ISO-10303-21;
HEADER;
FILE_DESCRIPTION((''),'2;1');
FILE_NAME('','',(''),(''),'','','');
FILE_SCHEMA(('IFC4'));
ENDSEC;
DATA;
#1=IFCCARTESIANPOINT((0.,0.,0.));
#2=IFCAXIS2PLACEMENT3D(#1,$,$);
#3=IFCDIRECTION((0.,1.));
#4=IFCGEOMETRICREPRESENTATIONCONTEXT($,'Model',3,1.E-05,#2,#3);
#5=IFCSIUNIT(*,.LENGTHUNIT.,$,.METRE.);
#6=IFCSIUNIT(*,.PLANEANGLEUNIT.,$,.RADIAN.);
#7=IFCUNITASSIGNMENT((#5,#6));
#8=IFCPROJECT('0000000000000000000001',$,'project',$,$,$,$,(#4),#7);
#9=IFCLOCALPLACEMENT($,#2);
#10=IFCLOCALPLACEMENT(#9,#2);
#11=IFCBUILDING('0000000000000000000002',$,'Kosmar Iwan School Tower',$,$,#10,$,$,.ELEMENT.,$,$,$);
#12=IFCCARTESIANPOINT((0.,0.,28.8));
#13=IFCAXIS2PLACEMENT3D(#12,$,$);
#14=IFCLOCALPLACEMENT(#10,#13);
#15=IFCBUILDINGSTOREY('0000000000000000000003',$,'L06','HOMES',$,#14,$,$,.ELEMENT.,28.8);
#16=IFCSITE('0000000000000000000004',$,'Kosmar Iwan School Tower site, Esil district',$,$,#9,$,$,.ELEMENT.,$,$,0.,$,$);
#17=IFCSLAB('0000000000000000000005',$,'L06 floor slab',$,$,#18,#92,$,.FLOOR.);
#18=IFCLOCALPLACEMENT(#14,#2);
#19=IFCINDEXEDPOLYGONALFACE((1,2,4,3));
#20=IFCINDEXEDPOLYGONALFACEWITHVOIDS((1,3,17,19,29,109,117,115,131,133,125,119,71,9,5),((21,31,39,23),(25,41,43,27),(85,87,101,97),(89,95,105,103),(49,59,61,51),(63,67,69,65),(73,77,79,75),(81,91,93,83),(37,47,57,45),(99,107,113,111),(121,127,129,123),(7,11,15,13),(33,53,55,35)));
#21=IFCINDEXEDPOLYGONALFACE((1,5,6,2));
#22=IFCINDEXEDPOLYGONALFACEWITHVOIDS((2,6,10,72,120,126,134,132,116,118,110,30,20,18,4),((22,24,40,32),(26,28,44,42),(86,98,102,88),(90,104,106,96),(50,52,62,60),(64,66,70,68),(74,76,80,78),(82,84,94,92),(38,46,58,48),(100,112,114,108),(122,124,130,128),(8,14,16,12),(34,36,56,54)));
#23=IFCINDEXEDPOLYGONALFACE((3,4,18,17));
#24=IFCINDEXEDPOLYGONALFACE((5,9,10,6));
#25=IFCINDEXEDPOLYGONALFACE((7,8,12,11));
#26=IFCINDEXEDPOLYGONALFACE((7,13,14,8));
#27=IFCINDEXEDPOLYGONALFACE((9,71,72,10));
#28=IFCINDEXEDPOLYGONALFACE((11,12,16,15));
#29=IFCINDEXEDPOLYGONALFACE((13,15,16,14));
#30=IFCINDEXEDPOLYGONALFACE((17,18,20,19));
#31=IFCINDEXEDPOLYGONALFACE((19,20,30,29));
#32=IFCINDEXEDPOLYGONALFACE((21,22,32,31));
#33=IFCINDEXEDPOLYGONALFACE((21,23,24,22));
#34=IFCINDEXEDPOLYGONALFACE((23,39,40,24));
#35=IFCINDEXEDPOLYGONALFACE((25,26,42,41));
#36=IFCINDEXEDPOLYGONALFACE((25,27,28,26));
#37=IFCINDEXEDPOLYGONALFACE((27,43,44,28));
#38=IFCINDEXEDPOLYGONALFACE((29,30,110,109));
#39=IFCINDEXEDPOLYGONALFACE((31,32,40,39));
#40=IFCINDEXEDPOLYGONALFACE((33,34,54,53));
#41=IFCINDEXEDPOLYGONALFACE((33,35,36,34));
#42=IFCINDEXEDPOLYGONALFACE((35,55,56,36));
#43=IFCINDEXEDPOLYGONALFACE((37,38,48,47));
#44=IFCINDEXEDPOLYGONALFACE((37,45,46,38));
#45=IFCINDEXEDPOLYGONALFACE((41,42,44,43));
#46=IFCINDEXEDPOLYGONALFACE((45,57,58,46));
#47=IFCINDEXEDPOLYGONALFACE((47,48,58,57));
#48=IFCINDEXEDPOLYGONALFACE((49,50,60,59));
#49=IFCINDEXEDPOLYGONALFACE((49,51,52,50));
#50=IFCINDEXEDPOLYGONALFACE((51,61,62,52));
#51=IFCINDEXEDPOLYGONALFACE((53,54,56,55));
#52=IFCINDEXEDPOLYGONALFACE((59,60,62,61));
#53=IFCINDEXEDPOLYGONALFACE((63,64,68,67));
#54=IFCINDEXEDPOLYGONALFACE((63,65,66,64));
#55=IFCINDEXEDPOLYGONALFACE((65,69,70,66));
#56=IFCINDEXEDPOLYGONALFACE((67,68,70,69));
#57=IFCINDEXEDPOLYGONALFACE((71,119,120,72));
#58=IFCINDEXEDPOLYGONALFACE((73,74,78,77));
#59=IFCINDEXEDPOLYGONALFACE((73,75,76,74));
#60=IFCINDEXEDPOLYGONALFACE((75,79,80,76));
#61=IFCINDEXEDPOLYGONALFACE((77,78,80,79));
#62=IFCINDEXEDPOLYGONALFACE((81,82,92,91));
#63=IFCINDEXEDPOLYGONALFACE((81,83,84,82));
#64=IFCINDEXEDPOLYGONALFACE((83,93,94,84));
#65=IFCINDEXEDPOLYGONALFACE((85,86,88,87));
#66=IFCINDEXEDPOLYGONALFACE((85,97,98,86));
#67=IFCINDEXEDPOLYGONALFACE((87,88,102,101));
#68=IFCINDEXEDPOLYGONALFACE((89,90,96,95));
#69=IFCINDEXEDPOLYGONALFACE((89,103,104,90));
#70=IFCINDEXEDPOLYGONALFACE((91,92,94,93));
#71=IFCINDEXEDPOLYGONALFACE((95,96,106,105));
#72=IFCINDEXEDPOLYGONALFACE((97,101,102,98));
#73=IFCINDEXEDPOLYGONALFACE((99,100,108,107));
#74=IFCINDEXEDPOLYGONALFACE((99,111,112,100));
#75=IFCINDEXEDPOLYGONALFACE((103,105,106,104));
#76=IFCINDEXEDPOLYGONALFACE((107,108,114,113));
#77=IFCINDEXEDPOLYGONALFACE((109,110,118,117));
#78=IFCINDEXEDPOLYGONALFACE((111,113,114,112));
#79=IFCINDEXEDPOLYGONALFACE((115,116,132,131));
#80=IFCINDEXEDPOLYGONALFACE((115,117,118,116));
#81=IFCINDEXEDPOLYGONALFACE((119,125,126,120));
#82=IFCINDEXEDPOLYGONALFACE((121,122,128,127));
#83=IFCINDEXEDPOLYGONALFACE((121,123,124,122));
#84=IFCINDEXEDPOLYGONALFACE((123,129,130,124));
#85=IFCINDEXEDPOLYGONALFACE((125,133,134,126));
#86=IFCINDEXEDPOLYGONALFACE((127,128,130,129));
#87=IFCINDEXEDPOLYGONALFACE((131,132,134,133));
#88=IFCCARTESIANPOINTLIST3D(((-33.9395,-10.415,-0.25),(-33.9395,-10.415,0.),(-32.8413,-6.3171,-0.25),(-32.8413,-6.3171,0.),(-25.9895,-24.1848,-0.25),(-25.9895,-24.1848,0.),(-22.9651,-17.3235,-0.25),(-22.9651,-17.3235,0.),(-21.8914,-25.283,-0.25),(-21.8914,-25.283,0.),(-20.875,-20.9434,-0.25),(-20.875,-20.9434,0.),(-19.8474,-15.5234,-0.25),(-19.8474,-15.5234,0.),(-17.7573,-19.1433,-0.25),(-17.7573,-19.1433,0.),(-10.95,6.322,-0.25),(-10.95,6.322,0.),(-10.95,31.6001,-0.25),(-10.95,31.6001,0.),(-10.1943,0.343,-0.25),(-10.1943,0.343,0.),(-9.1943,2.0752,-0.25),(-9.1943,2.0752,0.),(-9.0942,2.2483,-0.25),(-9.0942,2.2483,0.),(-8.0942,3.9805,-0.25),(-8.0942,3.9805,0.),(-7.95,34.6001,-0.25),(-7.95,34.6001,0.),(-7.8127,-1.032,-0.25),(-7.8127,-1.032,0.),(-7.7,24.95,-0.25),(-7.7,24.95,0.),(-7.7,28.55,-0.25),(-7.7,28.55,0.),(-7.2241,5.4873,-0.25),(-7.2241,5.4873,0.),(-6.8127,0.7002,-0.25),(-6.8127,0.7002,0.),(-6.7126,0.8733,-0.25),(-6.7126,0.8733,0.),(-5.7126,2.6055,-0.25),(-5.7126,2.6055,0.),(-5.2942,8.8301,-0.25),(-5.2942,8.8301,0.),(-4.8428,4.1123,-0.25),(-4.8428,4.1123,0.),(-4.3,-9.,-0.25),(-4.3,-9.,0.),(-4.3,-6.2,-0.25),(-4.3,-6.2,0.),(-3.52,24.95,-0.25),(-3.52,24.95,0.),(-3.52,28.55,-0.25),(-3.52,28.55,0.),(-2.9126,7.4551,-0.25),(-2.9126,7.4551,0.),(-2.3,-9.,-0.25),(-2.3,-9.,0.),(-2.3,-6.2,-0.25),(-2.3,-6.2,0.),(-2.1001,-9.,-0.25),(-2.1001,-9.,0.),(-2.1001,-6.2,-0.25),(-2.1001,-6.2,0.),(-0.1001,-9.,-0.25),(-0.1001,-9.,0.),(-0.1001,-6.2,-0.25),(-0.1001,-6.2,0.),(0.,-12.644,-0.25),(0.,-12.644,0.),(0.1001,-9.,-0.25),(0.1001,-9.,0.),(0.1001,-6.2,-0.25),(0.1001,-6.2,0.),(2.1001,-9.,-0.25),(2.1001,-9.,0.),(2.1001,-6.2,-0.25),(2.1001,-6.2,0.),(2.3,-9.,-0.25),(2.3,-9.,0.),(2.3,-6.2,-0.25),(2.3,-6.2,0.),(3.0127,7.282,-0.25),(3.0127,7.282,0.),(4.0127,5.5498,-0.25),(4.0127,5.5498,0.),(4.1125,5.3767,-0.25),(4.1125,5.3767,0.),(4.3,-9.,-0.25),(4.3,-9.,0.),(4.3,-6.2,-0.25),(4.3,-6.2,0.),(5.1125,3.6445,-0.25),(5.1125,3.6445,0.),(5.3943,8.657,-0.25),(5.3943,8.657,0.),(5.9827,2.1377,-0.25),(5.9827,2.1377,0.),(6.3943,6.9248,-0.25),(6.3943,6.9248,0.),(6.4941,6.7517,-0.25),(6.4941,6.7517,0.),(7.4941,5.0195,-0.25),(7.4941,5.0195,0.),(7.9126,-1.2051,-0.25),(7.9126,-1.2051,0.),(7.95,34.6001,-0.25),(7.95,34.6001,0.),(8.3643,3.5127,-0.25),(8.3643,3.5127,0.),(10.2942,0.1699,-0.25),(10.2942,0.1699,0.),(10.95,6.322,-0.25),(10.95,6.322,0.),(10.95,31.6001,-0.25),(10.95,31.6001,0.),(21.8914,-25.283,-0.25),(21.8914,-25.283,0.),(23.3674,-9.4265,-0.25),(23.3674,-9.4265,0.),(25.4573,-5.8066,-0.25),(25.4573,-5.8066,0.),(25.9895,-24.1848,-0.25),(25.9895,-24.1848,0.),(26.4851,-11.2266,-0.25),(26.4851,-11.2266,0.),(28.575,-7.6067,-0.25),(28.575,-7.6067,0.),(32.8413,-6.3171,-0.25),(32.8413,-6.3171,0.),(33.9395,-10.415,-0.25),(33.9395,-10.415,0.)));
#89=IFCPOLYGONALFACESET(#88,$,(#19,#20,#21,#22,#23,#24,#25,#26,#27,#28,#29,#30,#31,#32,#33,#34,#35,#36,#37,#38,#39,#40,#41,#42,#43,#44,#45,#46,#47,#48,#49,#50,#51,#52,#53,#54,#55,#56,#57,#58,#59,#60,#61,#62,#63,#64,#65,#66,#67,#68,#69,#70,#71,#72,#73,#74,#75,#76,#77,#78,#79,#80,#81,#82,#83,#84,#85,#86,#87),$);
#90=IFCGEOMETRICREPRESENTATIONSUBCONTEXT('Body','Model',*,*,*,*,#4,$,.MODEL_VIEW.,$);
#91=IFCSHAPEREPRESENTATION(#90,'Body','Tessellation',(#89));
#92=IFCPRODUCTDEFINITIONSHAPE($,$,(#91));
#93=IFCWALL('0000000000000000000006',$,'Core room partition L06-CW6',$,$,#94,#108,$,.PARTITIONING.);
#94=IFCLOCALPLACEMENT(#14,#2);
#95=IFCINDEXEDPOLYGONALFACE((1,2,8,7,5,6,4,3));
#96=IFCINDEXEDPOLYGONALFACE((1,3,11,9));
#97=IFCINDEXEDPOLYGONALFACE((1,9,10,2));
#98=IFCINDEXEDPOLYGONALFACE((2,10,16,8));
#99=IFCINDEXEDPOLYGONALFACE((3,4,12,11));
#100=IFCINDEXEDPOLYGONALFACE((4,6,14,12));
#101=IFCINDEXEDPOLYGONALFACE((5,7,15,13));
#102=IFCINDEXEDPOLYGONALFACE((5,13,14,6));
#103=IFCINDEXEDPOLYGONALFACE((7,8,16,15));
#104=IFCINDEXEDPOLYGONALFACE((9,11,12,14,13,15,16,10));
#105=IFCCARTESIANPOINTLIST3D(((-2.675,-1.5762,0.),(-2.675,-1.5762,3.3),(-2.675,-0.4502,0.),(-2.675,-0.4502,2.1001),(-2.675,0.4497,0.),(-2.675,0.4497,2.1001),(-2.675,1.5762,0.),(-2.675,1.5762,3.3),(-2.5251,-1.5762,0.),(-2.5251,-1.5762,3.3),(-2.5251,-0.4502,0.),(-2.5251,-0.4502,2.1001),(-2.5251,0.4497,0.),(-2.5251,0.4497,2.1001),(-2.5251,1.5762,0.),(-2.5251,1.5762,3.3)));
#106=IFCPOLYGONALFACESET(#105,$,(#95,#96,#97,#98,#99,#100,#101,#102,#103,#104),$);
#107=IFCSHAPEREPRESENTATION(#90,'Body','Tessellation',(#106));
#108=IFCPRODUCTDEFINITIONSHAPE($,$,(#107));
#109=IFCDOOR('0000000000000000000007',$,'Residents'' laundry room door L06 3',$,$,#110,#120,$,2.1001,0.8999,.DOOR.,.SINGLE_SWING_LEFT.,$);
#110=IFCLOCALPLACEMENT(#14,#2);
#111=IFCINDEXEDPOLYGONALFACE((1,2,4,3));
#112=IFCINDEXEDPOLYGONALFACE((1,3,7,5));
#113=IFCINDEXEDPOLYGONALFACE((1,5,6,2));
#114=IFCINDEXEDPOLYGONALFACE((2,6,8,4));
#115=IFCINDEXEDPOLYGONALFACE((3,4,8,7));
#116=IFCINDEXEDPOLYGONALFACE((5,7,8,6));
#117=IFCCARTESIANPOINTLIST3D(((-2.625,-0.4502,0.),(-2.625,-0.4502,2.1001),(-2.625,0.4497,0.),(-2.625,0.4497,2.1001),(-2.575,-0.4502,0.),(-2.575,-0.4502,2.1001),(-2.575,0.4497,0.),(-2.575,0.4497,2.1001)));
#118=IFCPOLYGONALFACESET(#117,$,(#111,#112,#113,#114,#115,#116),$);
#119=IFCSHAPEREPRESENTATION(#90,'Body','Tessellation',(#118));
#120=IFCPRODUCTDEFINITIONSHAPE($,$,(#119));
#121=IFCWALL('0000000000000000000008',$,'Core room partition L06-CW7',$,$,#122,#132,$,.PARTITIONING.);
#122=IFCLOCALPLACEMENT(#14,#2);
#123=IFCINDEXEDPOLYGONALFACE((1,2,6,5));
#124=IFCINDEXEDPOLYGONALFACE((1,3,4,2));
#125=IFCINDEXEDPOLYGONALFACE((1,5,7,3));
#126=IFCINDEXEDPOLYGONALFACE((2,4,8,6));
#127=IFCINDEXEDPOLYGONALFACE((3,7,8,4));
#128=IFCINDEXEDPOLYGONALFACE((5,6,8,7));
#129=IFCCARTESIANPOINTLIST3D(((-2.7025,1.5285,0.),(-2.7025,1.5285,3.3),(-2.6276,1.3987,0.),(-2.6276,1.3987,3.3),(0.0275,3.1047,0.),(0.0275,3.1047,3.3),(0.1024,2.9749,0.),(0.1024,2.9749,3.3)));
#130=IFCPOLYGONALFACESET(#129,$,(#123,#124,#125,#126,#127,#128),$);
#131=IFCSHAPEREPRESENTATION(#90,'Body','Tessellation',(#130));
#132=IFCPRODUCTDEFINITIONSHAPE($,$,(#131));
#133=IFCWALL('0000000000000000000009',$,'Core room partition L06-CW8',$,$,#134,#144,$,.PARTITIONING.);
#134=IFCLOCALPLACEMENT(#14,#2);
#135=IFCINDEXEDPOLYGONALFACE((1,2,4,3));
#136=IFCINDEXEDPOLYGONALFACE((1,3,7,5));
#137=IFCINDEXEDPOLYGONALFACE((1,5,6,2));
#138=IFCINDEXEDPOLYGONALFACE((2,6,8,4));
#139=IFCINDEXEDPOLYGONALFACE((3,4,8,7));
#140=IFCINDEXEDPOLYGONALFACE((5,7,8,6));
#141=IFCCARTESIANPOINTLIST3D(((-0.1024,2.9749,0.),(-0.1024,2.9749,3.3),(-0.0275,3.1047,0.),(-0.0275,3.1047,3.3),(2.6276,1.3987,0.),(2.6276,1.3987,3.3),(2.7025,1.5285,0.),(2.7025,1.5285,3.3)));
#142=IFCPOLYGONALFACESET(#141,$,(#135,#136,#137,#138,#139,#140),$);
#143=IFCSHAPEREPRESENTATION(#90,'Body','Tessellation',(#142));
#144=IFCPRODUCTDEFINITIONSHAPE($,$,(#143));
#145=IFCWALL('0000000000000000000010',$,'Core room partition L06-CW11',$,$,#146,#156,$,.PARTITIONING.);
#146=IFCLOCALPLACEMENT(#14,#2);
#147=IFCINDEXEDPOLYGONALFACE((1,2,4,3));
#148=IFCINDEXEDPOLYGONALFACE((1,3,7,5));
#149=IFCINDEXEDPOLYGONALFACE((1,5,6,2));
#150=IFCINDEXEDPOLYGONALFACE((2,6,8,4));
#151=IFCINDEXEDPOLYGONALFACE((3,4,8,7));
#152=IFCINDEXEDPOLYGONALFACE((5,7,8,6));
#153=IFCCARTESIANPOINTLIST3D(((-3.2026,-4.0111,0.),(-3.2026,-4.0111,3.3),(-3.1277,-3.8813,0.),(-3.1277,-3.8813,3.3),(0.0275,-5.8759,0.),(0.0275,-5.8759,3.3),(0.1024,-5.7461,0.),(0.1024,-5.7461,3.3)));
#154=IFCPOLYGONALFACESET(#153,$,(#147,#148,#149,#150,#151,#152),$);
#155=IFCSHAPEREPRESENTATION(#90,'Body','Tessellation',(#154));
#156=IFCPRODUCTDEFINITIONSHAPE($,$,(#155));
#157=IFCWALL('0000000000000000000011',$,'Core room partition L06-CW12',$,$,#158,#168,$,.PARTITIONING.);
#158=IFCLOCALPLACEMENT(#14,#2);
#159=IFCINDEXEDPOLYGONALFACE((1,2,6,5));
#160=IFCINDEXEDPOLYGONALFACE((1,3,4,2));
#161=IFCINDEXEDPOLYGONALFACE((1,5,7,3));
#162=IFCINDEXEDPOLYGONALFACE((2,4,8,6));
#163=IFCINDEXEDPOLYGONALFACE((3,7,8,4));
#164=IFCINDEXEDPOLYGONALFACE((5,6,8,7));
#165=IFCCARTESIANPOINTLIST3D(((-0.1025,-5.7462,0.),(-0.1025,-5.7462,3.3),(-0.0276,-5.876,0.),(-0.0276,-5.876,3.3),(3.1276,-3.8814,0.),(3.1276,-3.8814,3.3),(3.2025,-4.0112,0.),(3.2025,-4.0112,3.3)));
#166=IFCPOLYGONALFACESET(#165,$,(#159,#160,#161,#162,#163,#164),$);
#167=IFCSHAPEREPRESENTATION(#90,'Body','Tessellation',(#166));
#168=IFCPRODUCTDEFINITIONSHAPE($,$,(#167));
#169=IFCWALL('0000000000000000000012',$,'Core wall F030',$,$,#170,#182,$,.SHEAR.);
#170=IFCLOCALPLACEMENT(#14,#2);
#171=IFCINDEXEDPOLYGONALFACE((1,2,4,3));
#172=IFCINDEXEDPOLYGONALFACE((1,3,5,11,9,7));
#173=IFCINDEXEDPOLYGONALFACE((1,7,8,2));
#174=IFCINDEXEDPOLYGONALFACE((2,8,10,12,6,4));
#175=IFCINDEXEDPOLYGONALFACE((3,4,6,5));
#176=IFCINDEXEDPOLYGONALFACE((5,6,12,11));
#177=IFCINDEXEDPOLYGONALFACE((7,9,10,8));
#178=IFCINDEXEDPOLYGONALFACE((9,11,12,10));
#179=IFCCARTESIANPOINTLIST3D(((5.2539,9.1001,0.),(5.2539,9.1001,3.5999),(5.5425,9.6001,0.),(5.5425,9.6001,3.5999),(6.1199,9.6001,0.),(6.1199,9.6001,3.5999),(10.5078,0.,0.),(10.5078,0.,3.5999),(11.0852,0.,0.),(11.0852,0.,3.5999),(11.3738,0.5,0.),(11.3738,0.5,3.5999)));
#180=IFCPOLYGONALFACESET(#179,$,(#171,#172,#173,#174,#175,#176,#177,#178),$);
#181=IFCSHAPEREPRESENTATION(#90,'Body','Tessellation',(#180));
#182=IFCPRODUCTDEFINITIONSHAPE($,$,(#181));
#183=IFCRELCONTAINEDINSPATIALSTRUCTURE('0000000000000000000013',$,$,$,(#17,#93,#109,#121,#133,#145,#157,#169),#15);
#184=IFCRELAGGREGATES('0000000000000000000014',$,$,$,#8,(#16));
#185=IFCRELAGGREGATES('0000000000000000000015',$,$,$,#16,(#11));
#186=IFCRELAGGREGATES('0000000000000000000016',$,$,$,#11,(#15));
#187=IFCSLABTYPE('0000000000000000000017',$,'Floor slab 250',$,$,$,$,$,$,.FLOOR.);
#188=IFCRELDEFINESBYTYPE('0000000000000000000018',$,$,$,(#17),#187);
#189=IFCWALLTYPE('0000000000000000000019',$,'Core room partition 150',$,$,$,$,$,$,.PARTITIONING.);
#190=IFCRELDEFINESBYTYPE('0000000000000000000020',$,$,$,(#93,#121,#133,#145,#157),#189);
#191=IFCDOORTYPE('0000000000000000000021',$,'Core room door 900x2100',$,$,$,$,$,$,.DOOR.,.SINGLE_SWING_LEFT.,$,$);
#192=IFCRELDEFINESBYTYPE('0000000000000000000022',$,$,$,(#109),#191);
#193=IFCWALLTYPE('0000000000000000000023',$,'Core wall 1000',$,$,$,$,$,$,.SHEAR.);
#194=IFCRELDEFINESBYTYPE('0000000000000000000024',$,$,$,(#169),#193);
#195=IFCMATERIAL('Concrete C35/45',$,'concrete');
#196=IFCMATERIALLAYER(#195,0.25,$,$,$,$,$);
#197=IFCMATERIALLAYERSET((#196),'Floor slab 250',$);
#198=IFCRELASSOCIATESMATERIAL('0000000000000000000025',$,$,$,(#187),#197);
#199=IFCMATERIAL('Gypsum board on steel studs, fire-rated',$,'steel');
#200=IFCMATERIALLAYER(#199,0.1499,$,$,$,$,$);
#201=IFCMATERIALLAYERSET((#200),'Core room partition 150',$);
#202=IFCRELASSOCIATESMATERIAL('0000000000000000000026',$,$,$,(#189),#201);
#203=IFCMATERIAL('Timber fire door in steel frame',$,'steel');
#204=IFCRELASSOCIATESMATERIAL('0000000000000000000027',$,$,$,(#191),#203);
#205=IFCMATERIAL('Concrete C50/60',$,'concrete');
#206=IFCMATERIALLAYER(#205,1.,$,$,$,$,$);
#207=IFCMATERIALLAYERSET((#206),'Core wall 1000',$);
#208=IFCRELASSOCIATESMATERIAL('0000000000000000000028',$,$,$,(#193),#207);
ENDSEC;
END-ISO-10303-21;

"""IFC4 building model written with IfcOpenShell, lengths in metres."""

from ifc_helpers import new_model, si_unit, direction, frame, frame_2d, origin, place, context, subcontext, project, spatial, polyline, rectangle, outline, extrude, material, layer, layer_set, type_object, element, fill, save


model = new_model("IFC4")

# Units and contexts
model_context = context("Model", 3, precision=1e-05, world=origin(), true_north=direction((0.0, 1.0)))
body_context = subcontext(model_context, "Body", "Model", "MODEL_VIEW")
ifc_project = project(units=[si_unit("LENGTHUNIT", "METRE"), si_unit("PLANEANGLEUNIT", "RADIAN")], contexts=[model_context])

# Site, building, storey
site_placement = place(None, origin())
site = spatial("IfcSite", under=ifc_project, at=site_placement, Name="Kosmar Iwan School Tower site, Esil district", CompositionType="ELEMENT", RefElevation=0.0)
building_placement = place(site_placement, origin())
building = spatial("IfcBuilding", under=site, at=building_placement, Name="Kosmar Iwan School Tower", CompositionType="ELEMENT")
storey_placement = place(building_placement, frame((0.0, 0.0, 28.8)))
storey = spatial("IfcBuildingStorey", under=building, at=storey_placement, Name="L06", Description="HOMES", CompositionType="ELEMENT", Elevation=28.8)

# Slab
ifc_material_1 = material(Name="Concrete C35/45", Category="concrete")
ifc_layer_1 = layer(ifc_material_1, 0.25)
ifc_layer_set_1 = layer_set([ifc_layer_1], Name="Floor slab 250")
slab_type = type_object("IfcSlabType", Name="Floor slab 250", PredefinedType="FLOOR", material=ifc_layer_set_1)
slab_placement = place(storey_placement, frame((0.0, 0.0, -0.25)))
element("IfcSlab", 1, at=slab_placement, inside=storey, type_object=slab_type, Name="L06 floor slab", PredefinedType="FLOOR", context=body_context, shape_type="SweptSolid", body=[
    extrude(outline(polyline([(-21.8914, -25.283), (0.0, -12.644), (21.8914, -25.283), (25.9895, -24.1848), (33.9395, -10.415), (32.8413, -6.3171), (10.95, 6.322), (10.95, 31.6001), (7.95, 34.6001), (-7.95, 34.6001), (-10.95, 31.6001), (-10.95, 6.322), (-32.8413, -6.3171), (-33.9395, -10.415), (-25.9895, -24.1848), (-21.8914, -25.283)]), holes=[polyline([(7.9126, -1.2051), (10.2942, 0.1699), (8.3643, 3.5127), (5.9827, 2.1377), (7.9126, -1.2051)]), polyline([(-2.9126, 7.4551), (-5.2942, 8.8301), (-7.2241, 5.4873), (-4.8428, 4.1123), (-2.9126, 7.4551)]), polyline([(-5.7126, 2.6055), (-8.0942, 3.9805), (-9.0942, 2.2483), (-6.7126, 0.8733), (-5.7126, 2.6055)]), polyline([(-6.8127, 0.7002), (-9.1943, 2.0752), (-10.1943, 0.343), (-7.8127, -1.032), (-6.8127, 0.7002)]), polyline([(5.1125, 3.6445), (7.4941, 5.0195), (6.4941, 6.7517), (4.1125, 5.3767), (5.1125, 3.6445)]), polyline([(4.0127, 5.5498), (6.3943, 6.9248), (5.3943, 8.657), (3.0127, 7.282), (4.0127, 5.5498)]), polyline([(-4.3, -6.2), (-4.3, -9.0), (-2.3, -9.0), (-2.3, -6.2), (-4.3, -6.2)]), polyline([(-2.1001, -6.2), (-2.1001, -9.0), (-0.1001, -9.0), (-0.1001, -6.2), (-2.1001, -6.2)]), polyline([(0.1001, -6.2), (0.1001, -9.0), (2.1001, -9.0), (2.1001, -6.2), (0.1001, -6.2)]), polyline([(2.3, -6.2), (2.3, -9.0), (4.3, -9.0), (4.3, -6.2), (2.3, -6.2)]), polyline([(-3.52, 24.95), (-3.52, 28.55), (-7.7, 28.55), (-7.7, 24.95), (-3.52, 24.95)]), polyline([(-19.8474, -15.5234), (-22.9651, -17.3235), (-20.875, -20.9434), (-17.7573, -19.1433), (-19.8474, -15.5234)]), polyline([(23.3674, -9.4265), (26.4851, -11.2266), (28.575, -7.6067), (25.4573, -5.8066), (23.3674, -9.4265)])]), origin(), (0.0, 0.0, 1.0), 0.25),
])

# Wall, opening, door
ifc_material_2 = material(Name="Gypsum board on steel studs, fire-rated", Category="steel")
ifc_layer_2 = layer(ifc_material_2, 0.1499)
ifc_layer_set_2 = layer_set([ifc_layer_2], Name="Core room partition 150")
wall_type_1 = type_object("IfcWallType", Name="Core room partition 150", PredefinedType="PARTITIONING", material=ifc_layer_set_2)
wall_1_placement = place(storey_placement, frame((-2.6001, -1.5762, 0.0), z_axis=(0.0, 0.0, 1.0), x_axis=(0.0, 1.0, 0.0)))
wall_1 = element("IfcWall", 2, at=wall_1_placement, inside=storey, type_object=wall_type_1, Name="Core room partition L06-CW6", PredefinedType="PARTITIONING", context=body_context, shape_type="SweptSolid", body=[
    extrude(rectangle(XDim=3.1523, YDim=0.1499, at=frame_2d((1.5762, 0.0))), origin(), (0.0, 0.0, 1.0), 3.3),
])
opening_placement = place(wall_1_placement, frame((1.126, 0.0, 0.0)))
opening = element("IfcOpeningElement", 3, at=opening_placement, cuts=wall_1, PredefinedType="OPENING", context=body_context, shape_type="SweptSolid", body=[
    extrude(rectangle(XDim=0.8999, YDim=2.1001, at=frame_2d((0.45, 1.05))), frame((0.0, 0.0869, 0.0), z_axis=(0.0, -1.0, 0.0), x_axis=(1.0, 0.0, 0.0)), (0.0, 0.0, 1.0), 0.1738),
])
ifc_material_3 = material(Name="Timber fire door in steel frame", Category="steel")
door_type = type_object("IfcDoorType", Name="Core room door 900x2100", OperationType="SINGLE_SWING_LEFT", PredefinedType="DOOR", material=ifc_material_3)
door_placement = place(opening_placement, origin())
door = element("IfcDoor", 4, at=door_placement, inside=storey, type_object=door_type, Name="Residents' laundry room door L06 3", OperationType="SINGLE_SWING_LEFT", OverallHeight=2.1001, OverallWidth=0.8999, PredefinedType="DOOR", context=body_context, shape_type="SweptSolid", body=[
    extrude(rectangle(XDim=0.8999, YDim=2.1001, at=frame_2d((0.45, 1.05))), frame((0.0, 0.0249, 0.0), z_axis=(0.0, -1.0, 0.0), x_axis=(1.0, 0.0, 0.0)), (0.0, 0.0, 1.0), 0.05),
])
fill(opening, door)

# Walls
for number, where, z_axis, x_axis, name in (
    (5, (-2.665, 1.4636, 0.0), (0.0, 0.0, 1.0), (0.866023, 0.500004, 0.0), "Core room partition L06-CW7"),
    (6, (-0.0649, 3.0398, 0.0), (0.0, 0.0, 1.0), (0.866023, -0.500004, 0.0), "Core room partition L06-CW8"),
):
    element("IfcWall", number, at=place(storey_placement, frame(where, z_axis=z_axis, x_axis=x_axis)), inside=storey, type_object=wall_type_1, Name=name, PredefinedType="PARTITIONING", context=body_context, shape_type="SweptSolid", body=[
        extrude(rectangle(XDim=3.1523, YDim=0.1499, at=frame_2d((1.5762, 0.0))), origin(), (0.0, 0.0, 1.0), 3.3),
    ])
for number, where, z_axis, x_axis, name in (
    (7, (-3.165, -3.9463, 0.0), (0.0, 0.0, 1.0), (0.866035, -0.499983, 0.0), "Core room partition L06-CW11"),
    (8, (-0.0649, -5.811, 0.0), (0.0, 0.0, 1.0), (0.866035, 0.499983, 0.0), "Core room partition L06-CW12"),
):
    element("IfcWall", number, at=place(storey_placement, frame(where, z_axis=z_axis, x_axis=x_axis)), inside=storey, type_object=wall_type_1, Name=name, PredefinedType="PARTITIONING", context=body_context, shape_type="SweptSolid", body=[
        extrude(rectangle(XDim=3.7297, YDim=0.1499, at=frame_2d((1.8647, 0.0))), origin(), (0.0, 0.0, 1.0), 3.3),
    ])
ifc_material_4 = material(Name="Concrete C50/60", Category="concrete")
ifc_layer_3 = layer(ifc_material_4, 1.0)
ifc_layer_set_3 = layer_set([ifc_layer_3], Name="Core wall 1000")
wall_type_2 = type_object("IfcWallType", Name="Core wall 1000", PredefinedType="SHEAR", material=ifc_layer_set_3)
wall_2_placement = place(storey_placement, origin())
element("IfcWall", 9, at=wall_2_placement, inside=storey, type_object=wall_type_2, Name="Core wall F030", PredefinedType="SHEAR", context=body_context, shape_type="SweptSolid", body=[
    extrude(outline(polyline([(10.5078, 0.0), (11.0852, 0.0), (11.3738, 0.5), (6.1199, 9.6001), (5.5425, 9.6001), (5.2539, 9.1001), (10.5078, 0.0)])), origin(), (0.0, 0.0, 1.0), 3.5999),
])

save(model, "model.ifc")
